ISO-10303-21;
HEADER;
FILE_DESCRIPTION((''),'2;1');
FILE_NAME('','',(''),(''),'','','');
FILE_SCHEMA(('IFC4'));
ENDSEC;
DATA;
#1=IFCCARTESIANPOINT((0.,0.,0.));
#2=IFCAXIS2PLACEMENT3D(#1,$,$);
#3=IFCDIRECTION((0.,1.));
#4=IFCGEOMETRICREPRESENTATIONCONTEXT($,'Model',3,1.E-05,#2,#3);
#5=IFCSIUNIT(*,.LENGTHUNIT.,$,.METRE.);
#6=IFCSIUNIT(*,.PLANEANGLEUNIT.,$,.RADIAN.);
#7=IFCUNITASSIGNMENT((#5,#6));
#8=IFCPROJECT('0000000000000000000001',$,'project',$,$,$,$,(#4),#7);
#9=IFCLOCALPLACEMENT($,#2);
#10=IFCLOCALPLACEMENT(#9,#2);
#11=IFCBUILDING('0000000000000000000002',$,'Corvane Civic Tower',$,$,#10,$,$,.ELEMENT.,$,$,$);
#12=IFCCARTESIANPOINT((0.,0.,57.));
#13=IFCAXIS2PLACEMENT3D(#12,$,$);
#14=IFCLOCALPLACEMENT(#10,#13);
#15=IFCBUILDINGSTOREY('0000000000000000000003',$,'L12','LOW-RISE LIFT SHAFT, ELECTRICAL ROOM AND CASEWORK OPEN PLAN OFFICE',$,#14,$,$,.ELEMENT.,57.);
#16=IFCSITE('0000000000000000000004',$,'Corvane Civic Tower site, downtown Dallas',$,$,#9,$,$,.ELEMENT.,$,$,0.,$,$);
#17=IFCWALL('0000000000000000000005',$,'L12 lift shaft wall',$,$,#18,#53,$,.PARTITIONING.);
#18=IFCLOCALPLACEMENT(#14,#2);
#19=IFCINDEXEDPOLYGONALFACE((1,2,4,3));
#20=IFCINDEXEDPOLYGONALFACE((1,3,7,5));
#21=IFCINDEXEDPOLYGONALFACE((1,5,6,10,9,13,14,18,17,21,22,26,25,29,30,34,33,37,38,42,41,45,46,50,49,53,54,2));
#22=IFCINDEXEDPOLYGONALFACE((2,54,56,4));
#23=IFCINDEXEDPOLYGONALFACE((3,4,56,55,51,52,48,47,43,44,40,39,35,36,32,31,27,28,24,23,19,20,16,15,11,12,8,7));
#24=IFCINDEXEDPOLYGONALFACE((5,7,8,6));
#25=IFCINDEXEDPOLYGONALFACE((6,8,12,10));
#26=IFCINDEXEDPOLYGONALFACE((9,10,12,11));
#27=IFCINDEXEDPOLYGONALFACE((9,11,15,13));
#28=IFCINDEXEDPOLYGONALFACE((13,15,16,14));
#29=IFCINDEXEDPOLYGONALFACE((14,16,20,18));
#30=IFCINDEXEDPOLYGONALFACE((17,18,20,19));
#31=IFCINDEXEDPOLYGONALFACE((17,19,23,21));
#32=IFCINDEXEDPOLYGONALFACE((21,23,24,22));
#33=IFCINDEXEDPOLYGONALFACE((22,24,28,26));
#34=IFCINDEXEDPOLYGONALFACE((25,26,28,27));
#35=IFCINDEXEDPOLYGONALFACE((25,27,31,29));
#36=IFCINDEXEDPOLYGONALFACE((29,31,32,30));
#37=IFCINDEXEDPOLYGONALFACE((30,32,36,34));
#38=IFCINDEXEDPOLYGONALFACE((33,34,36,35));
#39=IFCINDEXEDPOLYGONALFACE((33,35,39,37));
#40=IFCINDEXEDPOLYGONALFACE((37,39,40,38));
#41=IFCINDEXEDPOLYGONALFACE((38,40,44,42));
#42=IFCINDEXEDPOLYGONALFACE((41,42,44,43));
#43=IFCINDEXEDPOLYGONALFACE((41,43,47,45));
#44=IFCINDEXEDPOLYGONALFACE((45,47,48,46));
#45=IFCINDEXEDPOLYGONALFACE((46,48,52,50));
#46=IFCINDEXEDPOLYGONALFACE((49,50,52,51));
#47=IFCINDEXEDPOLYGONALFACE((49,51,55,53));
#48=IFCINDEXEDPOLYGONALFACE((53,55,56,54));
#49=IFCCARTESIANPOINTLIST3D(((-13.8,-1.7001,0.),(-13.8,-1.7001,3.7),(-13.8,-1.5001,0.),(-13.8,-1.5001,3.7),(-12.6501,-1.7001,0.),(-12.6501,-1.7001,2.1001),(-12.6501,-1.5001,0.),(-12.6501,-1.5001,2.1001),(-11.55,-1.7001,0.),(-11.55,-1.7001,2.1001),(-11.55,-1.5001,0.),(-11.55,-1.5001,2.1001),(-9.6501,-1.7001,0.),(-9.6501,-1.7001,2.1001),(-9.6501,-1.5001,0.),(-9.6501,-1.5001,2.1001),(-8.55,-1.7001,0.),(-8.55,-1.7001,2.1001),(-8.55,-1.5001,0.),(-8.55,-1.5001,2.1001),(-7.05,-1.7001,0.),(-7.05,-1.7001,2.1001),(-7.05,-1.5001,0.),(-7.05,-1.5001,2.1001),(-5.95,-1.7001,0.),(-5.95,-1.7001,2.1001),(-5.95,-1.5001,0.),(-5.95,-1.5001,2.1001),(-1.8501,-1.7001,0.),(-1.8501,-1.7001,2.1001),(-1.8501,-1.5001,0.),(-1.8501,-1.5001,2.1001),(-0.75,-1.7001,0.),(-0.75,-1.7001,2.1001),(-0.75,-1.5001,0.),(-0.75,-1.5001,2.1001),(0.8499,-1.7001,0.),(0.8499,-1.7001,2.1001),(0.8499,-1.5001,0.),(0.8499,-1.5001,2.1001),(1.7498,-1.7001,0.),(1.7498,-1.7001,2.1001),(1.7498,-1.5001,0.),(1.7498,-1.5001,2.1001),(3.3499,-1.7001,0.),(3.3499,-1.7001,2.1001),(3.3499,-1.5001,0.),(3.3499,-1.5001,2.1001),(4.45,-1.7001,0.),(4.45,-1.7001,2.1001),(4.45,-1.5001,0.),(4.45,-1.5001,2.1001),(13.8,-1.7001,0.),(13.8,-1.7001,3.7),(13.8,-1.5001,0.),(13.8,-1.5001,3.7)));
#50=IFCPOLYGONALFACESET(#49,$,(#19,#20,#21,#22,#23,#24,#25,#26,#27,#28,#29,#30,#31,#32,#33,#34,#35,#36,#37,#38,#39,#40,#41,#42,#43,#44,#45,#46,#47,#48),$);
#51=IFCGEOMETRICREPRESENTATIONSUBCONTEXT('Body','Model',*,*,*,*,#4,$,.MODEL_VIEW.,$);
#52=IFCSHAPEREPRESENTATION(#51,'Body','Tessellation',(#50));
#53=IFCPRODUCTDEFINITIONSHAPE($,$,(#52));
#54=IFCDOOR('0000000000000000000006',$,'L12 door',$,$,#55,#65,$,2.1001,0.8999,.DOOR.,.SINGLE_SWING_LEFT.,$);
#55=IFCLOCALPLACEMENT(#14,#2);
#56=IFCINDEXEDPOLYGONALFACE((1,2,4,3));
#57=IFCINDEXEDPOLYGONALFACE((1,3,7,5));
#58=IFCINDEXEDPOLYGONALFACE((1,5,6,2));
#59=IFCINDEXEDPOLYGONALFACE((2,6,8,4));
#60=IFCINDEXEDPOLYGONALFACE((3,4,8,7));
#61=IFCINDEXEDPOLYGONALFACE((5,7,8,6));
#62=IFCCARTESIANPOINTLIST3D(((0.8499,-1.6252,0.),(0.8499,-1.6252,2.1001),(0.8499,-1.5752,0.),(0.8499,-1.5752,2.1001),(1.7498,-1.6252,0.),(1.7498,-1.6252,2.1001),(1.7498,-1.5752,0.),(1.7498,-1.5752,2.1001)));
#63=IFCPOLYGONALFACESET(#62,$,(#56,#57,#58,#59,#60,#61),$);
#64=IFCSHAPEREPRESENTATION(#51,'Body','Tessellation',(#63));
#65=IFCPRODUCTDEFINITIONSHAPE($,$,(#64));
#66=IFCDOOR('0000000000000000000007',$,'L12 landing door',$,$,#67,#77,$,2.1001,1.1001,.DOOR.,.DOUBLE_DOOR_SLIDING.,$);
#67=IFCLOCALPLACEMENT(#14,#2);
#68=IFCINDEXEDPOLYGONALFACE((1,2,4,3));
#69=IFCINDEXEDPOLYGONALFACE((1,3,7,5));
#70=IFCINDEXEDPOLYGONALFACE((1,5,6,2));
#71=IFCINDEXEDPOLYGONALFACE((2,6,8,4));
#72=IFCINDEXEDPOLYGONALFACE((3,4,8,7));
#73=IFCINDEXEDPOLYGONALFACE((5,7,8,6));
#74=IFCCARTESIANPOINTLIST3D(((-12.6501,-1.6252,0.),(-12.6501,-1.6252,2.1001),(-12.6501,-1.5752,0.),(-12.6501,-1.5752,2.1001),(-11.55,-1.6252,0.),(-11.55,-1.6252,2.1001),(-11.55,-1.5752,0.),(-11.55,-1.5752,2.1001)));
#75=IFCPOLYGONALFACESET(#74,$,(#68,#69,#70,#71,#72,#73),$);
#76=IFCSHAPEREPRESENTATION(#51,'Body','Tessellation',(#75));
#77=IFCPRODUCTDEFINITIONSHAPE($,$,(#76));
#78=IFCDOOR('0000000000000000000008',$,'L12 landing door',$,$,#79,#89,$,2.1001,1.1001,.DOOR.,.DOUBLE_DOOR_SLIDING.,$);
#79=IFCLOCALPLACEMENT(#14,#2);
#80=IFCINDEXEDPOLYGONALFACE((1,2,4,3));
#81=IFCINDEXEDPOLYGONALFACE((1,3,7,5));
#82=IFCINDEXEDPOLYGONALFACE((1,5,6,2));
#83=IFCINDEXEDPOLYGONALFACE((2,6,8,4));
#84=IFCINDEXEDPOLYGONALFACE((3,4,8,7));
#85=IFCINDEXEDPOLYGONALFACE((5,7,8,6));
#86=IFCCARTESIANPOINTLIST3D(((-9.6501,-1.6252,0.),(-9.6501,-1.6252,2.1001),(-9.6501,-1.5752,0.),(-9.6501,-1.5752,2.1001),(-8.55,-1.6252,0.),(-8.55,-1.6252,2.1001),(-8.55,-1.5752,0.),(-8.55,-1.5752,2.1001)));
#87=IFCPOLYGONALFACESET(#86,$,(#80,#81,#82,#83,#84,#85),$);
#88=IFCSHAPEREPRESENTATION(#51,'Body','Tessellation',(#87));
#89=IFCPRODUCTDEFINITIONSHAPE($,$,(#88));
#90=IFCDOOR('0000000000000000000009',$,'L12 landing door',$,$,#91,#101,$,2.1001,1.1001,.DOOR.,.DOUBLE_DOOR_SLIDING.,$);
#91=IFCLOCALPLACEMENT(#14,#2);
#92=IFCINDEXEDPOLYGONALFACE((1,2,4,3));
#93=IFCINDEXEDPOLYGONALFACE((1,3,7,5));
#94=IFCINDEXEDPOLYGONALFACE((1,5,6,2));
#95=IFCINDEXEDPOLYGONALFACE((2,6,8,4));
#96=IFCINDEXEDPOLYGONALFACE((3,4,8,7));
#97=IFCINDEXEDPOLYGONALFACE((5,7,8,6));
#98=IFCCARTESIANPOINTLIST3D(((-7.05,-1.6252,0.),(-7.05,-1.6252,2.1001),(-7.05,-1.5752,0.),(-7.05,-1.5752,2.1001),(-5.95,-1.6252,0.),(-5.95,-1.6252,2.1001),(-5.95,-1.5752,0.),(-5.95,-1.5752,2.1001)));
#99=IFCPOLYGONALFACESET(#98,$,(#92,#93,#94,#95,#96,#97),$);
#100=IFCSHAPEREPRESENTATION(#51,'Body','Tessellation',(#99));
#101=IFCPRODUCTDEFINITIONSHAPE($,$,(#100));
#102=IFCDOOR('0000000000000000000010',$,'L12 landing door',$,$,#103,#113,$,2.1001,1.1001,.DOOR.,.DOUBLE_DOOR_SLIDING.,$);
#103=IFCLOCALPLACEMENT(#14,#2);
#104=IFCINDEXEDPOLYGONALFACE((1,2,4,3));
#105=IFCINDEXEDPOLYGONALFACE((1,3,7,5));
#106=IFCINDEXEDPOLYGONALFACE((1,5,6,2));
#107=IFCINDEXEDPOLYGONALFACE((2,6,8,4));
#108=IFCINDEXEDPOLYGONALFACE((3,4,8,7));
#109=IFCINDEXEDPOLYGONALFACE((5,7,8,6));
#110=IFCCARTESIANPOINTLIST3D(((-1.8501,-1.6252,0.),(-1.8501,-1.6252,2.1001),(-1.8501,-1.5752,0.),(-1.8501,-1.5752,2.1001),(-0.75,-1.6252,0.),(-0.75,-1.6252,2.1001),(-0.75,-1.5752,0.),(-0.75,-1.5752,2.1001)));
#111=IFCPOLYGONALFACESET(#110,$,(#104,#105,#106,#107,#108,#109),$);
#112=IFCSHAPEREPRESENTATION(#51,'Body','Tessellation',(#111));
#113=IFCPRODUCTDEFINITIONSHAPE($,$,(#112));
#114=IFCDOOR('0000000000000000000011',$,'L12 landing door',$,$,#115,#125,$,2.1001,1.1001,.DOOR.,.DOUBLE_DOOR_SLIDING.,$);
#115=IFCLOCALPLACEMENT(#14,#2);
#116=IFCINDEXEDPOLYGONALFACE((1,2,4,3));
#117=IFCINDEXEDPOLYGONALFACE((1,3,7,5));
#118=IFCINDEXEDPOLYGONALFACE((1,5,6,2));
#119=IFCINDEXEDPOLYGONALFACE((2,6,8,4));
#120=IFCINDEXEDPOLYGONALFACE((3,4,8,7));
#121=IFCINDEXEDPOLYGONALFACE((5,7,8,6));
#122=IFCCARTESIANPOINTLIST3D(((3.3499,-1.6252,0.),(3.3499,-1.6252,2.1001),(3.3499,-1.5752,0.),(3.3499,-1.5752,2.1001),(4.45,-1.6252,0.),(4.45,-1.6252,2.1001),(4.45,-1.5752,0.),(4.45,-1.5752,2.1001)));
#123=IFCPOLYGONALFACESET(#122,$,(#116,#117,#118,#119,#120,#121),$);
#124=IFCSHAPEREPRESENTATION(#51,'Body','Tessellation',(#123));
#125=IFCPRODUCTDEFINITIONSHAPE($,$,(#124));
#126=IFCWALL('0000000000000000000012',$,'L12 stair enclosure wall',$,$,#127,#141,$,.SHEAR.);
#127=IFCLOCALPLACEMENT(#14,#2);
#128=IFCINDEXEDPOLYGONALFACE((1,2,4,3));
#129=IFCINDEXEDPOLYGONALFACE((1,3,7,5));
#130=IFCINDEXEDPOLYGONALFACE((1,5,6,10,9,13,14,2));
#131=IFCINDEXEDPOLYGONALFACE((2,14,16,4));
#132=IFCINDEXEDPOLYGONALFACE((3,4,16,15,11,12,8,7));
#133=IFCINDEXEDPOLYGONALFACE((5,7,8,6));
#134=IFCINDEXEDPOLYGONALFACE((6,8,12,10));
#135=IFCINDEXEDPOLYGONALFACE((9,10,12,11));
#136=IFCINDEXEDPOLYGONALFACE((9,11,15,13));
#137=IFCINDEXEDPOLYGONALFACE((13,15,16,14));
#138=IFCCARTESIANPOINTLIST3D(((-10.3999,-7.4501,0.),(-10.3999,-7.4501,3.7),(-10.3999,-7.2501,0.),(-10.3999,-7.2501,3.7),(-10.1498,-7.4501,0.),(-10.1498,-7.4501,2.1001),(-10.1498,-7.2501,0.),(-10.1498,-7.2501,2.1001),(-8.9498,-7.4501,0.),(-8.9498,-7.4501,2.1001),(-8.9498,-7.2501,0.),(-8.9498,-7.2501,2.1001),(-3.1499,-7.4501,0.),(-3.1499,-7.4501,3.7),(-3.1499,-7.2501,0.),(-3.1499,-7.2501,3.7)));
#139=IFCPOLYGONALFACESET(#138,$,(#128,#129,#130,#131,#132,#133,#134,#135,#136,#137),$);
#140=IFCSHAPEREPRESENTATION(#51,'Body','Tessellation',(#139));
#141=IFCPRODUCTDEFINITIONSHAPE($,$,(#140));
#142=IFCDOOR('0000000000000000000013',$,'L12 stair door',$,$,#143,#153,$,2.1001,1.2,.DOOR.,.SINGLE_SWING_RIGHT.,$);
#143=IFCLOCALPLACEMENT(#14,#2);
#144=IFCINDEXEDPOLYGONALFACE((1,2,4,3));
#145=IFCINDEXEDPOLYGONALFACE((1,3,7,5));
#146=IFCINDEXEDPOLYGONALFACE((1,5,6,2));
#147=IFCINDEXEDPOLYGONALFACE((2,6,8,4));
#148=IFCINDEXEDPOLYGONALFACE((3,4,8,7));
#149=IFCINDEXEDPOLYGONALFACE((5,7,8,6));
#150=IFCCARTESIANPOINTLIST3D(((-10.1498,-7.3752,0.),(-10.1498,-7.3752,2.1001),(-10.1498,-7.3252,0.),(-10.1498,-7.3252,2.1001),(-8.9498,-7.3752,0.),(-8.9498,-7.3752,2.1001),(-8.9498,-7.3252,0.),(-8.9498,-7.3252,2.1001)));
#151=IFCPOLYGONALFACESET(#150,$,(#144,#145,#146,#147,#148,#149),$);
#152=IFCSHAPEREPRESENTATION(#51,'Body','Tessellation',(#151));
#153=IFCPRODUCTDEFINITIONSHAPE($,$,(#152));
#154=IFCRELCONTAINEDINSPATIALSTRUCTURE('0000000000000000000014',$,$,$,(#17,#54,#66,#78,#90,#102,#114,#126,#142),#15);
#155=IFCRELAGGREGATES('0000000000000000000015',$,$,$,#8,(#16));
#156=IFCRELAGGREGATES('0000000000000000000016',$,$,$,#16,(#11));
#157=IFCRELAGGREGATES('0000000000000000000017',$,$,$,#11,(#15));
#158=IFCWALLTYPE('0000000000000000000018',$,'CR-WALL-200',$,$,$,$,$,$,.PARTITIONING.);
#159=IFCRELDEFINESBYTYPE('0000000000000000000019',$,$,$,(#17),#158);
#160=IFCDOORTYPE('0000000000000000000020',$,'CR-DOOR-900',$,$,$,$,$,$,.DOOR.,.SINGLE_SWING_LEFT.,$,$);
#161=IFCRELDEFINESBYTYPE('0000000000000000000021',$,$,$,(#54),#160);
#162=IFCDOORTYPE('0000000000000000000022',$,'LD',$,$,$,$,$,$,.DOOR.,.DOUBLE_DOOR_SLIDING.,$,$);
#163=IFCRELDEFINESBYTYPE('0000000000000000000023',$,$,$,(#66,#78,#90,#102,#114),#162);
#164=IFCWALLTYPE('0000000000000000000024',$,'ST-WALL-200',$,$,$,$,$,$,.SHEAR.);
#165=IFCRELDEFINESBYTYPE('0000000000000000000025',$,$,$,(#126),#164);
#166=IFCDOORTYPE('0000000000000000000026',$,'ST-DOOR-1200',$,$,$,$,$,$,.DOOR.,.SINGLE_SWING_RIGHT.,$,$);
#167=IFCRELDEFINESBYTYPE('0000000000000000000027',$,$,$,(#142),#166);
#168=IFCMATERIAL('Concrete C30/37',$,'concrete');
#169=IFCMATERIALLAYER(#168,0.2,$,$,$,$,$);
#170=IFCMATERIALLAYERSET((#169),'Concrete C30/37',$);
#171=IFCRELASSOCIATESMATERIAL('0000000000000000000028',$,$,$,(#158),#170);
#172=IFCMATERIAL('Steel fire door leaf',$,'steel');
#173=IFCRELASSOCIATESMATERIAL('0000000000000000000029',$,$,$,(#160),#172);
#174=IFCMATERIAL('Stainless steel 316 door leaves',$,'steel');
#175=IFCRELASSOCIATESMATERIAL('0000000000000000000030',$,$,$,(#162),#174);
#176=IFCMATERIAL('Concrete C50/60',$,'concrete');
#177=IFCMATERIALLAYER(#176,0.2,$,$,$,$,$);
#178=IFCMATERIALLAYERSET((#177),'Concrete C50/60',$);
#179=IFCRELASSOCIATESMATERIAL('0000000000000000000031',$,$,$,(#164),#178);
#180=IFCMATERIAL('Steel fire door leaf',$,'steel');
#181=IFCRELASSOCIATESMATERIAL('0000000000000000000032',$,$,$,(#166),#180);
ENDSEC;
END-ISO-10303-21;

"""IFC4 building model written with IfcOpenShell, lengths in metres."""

from ifc_helpers import new_model, si_unit, direction, frame, frame_2d, origin, place, context, subcontext, project, spatial, rectangle, extrude, material, layer, layer_set, type_object, element, fill, save


model = new_model("IFC4")

# Units and contexts
model_context = context("Model", 3, precision=1e-05, world=origin(), true_north=direction((0.0, 1.0)))
body_context = subcontext(model_context, "Body", "Model", "MODEL_VIEW")
ifc_project = project(units=[si_unit("LENGTHUNIT", "METRE"), si_unit("PLANEANGLEUNIT", "RADIAN")], contexts=[model_context])

# Site, building, storey
site_placement = place(None, origin())
site = spatial("IfcSite", under=ifc_project, at=site_placement, Name="Corvane Civic Tower site, downtown Dallas", CompositionType="ELEMENT", RefElevation=0.0)
building_placement = place(site_placement, origin())
building = spatial("IfcBuilding", under=site, at=building_placement, Name="Corvane Civic Tower", CompositionType="ELEMENT")
storey_placement = place(building_placement, frame((0.0, 0.0, 57.0)))
storey = spatial("IfcBuildingStorey", under=building, at=storey_placement, Name="L12", Description="LOW-RISE LIFT SHAFT, ELECTRICAL ROOM AND CASEWORK OPEN PLAN OFFICE", CompositionType="ELEMENT", Elevation=57.0)

# Wall, openings, doors
ifc_material_1 = material(Name="Concrete C30/37", Category="concrete")
ifc_layer_1 = layer(ifc_material_1, 0.2)
ifc_layer_set_1 = layer_set([ifc_layer_1], Name="Concrete C30/37")
wall_type_1 = type_object("IfcWallType", Name="CR-WALL-200", PredefinedType="PARTITIONING", material=ifc_layer_set_1)
ifc_material_2 = material(Name="Steel fire door leaf", Category="steel")
door_type_1 = type_object("IfcDoorType", Name="CR-DOOR-900", OperationType="SINGLE_SWING_LEFT", PredefinedType="DOOR", material=ifc_material_2)
wall_1_placement = place(storey_placement, frame((-13.8, -1.6001, 0.0), z_axis=(0.0, 0.0, 1.0), x_axis=(1.0, 0.0, 0.0)))
wall_1 = element("IfcWall", 1, at=wall_1_placement, inside=storey, type_object=wall_type_1, Name="L12 lift shaft wall", PredefinedType="PARTITIONING", context=body_context, shape_type="SweptSolid", body=[
    extrude(rectangle(XDim=27.6001, YDim=0.2, at=frame_2d((13.8, 0.0))), origin(), (0.0, 0.0, 1.0), 3.7),
])
opening_1_placement = place(wall_1_placement, frame((1.1499, 0.0, 0.0)))
opening_1 = element("IfcOpeningElement", 2, at=opening_1_placement, cuts=wall_1, PredefinedType="OPENING", context=body_context, shape_type="SweptSolid", body=[
    extrude(rectangle(XDim=1.1001, YDim=2.1001, at=frame_2d((0.55, 1.05))), frame((0.0, 0.1099, 0.0), z_axis=(0.0, -1.0, 0.0), x_axis=(1.0, 0.0, 0.0)), (0.0, 0.0, 1.0), 0.22),
])
opening_2_placement = place(wall_1_placement, frame((4.1499, 0.0, 0.0)))
opening_2 = element("IfcOpeningElement", 3, at=opening_2_placement, cuts=wall_1, PredefinedType="OPENING", context=body_context, shape_type="SweptSolid", body=[
    extrude(rectangle(XDim=1.1001, YDim=2.1001, at=frame_2d((0.55, 1.05))), frame((0.0, 0.1099, 0.0), z_axis=(0.0, -1.0, 0.0), x_axis=(1.0, 0.0, 0.0)), (0.0, 0.0, 1.0), 0.22),
])
opening_3_placement = place(wall_1_placement, frame((6.75, 0.0, 0.0)))
opening_3 = element("IfcOpeningElement", 4, at=opening_3_placement, cuts=wall_1, PredefinedType="OPENING", context=body_context, shape_type="SweptSolid", body=[
    extrude(rectangle(XDim=1.1001, YDim=2.1001, at=frame_2d((0.55, 1.05))), frame((0.0, 0.1099, 0.0), z_axis=(0.0, -1.0, 0.0), x_axis=(1.0, 0.0, 0.0)), (0.0, 0.0, 1.0), 0.22),
])
opening_4_placement = place(wall_1_placement, frame((11.95, 0.0, 0.0)))
opening_4 = element("IfcOpeningElement", 5, at=opening_4_placement, cuts=wall_1, PredefinedType="OPENING", context=body_context, shape_type="SweptSolid", body=[
    extrude(rectangle(XDim=1.1001, YDim=2.1001, at=frame_2d((0.55, 1.05))), frame((0.0, 0.1099, 0.0), z_axis=(0.0, -1.0, 0.0), x_axis=(1.0, 0.0, 0.0)), (0.0, 0.0, 1.0), 0.22),
])
opening_5_placement = place(wall_1_placement, frame((14.6499, 0.0, 0.0)))
opening_5 = element("IfcOpeningElement", 6, at=opening_5_placement, cuts=wall_1, PredefinedType="OPENING", context=body_context, shape_type="SweptSolid", body=[
    extrude(rectangle(XDim=0.8999, YDim=2.1001, at=frame_2d((0.45, 1.05))), frame((0.0, 0.1099, 0.0), z_axis=(0.0, -1.0, 0.0), x_axis=(1.0, 0.0, 0.0)), (0.0, 0.0, 1.0), 0.22),
])
opening_6_placement = place(wall_1_placement, frame((17.1499, 0.0, 0.0)))
opening_6 = element("IfcOpeningElement", 7, at=opening_6_placement, cuts=wall_1, PredefinedType="OPENING", context=body_context, shape_type="SweptSolid", body=[
    extrude(rectangle(XDim=1.1001, YDim=2.1001, at=frame_2d((0.55, 1.05))), frame((0.0, 0.1099, 0.0), z_axis=(0.0, -1.0, 0.0), x_axis=(1.0, 0.0, 0.0)), (0.0, 0.0, 1.0), 0.22),
])
door_1_placement = place(opening_5_placement, origin())
door_1 = element("IfcDoor", 8, at=door_1_placement, inside=storey, type_object=door_type_1, Name="L12 door", OperationType="SINGLE_SWING_LEFT", OverallHeight=2.1001, OverallWidth=0.8999, PredefinedType="DOOR", context=body_context, shape_type="SweptSolid", body=[
    extrude(rectangle(XDim=0.8999, YDim=2.1001, at=frame_2d((0.45, 1.05))), frame((0.0, 0.0249, 0.0), z_axis=(0.0, -1.0, 0.0), x_axis=(1.0, 0.0, 0.0)), (0.0, 0.0, 1.0), 0.05),
])
fill(opening_5, door_1)
ifc_material_3 = material(Name="Stainless steel 316 door leaves", Category="steel")
door_type_2 = type_object("IfcDoorType", Name="LD", OperationType="DOUBLE_DOOR_SLIDING", PredefinedType="DOOR", material=ifc_material_3)
door_2_placement = place(opening_1_placement, origin())
door_2 = element("IfcDoor", 9, at=door_2_placement, inside=storey, type_object=door_type_2, Name="L12 landing door", OperationType="DOUBLE_DOOR_SLIDING", OverallHeight=2.1001, OverallWidth=1.1001, PredefinedType="DOOR", context=body_context, shape_type="SweptSolid", body=[
    extrude(rectangle(XDim=1.1001, YDim=2.1001, at=frame_2d((0.55, 1.05))), frame((0.0, 0.0249, 0.0), z_axis=(0.0, -1.0, 0.0), x_axis=(1.0, 0.0, 0.0)), (0.0, 0.0, 1.0), 0.05),
])
fill(opening_1, door_2)
door_3_placement = place(opening_2_placement, origin())
door_3 = element("IfcDoor", 10, at=door_3_placement, inside=storey, type_object=door_type_2, Name="L12 landing door", OperationType="DOUBLE_DOOR_SLIDING", OverallHeight=2.1001, OverallWidth=1.1001, PredefinedType="DOOR", context=body_context, shape_type="SweptSolid", body=[
    extrude(rectangle(XDim=1.1001, YDim=2.1001, at=frame_2d((0.55, 1.05))), frame((0.0, 0.0249, 0.0), z_axis=(0.0, -1.0, 0.0), x_axis=(1.0, 0.0, 0.0)), (0.0, 0.0, 1.0), 0.05),
])
fill(opening_2, door_3)
door_4_placement = place(opening_3_placement, origin())
door_4 = element("IfcDoor", 11, at=door_4_placement, inside=storey, type_object=door_type_2, Name="L12 landing door", OperationType="DOUBLE_DOOR_SLIDING", OverallHeight=2.1001, OverallWidth=1.1001, PredefinedType="DOOR", context=body_context, shape_type="SweptSolid", body=[
    extrude(rectangle(XDim=1.1001, YDim=2.1001, at=frame_2d((0.55, 1.05))), frame((0.0, 0.0249, 0.0), z_axis=(0.0, -1.0, 0.0), x_axis=(1.0, 0.0, 0.0)), (0.0, 0.0, 1.0), 0.05),
])
fill(opening_3, door_4)
door_5_placement = place(opening_4_placement, origin())
door_5 = element("IfcDoor", 12, at=door_5_placement, inside=storey, type_object=door_type_2, Name="L12 landing door", OperationType="DOUBLE_DOOR_SLIDING", OverallHeight=2.1001, OverallWidth=1.1001, PredefinedType="DOOR", context=body_context, shape_type="SweptSolid", body=[
    extrude(rectangle(XDim=1.1001, YDim=2.1001, at=frame_2d((0.55, 1.05))), frame((0.0, 0.0249, 0.0), z_axis=(0.0, -1.0, 0.0), x_axis=(1.0, 0.0, 0.0)), (0.0, 0.0, 1.0), 0.05),
])
fill(opening_4, door_5)
door_6_placement = place(opening_6_placement, origin())
door_6 = element("IfcDoor", 13, at=door_6_placement, inside=storey, type_object=door_type_2, Name="L12 landing door", OperationType="DOUBLE_DOOR_SLIDING", OverallHeight=2.1001, OverallWidth=1.1001, PredefinedType="DOOR", context=body_context, shape_type="SweptSolid", body=[
    extrude(rectangle(XDim=1.1001, YDim=2.1001, at=frame_2d((0.55, 1.05))), frame((0.0, 0.0249, 0.0), z_axis=(0.0, -1.0, 0.0), x_axis=(1.0, 0.0, 0.0)), (0.0, 0.0, 1.0), 0.05),
])
fill(opening_6, door_6)

# Wall, opening, door
ifc_material_4 = material(Name="Concrete C50/60", Category="concrete")
ifc_layer_2 = layer(ifc_material_4, 0.2)
ifc_layer_set_2 = layer_set([ifc_layer_2], Name="Concrete C50/60")
wall_type_2 = type_object("IfcWallType", Name="ST-WALL-200", PredefinedType="SHEAR", material=ifc_layer_set_2)
wall_2_placement = place(storey_placement, frame((-10.3999, -7.3501, 0.0), z_axis=(0.0, 0.0, 1.0), x_axis=(1.0, 0.0, 0.0)))
wall_2 = element("IfcWall", 14, at=wall_2_placement, inside=storey, type_object=wall_type_2, Name="L12 stair enclosure wall", PredefinedType="SHEAR", context=body_context, shape_type="SweptSolid", body=[
    extrude(rectangle(XDim=7.25, YDim=0.2, at=frame_2d((3.625, 0.0))), origin(), (0.0, 0.0, 1.0), 3.7),
])
opening_7_placement = place(wall_2_placement, frame((0.25, 0.0, 0.0)))
opening_7 = element("IfcOpeningElement", 15, at=opening_7_placement, cuts=wall_2, PredefinedType="OPENING", context=body_context, shape_type="SweptSolid", body=[
    extrude(rectangle(XDim=1.2, YDim=2.1001, at=frame_2d((0.6001, 1.05))), frame((0.0, 0.1099, 0.0), z_axis=(0.0, -1.0, 0.0), x_axis=(1.0, 0.0, 0.0)), (0.0, 0.0, 1.0), 0.22),
])
ifc_material_5 = material(Name="Steel fire door leaf", Category="steel")
door_type_3 = type_object("IfcDoorType", Name="ST-DOOR-1200", OperationType="SINGLE_SWING_RIGHT", PredefinedType="DOOR", material=ifc_material_5)
door_7_placement = place(opening_7_placement, origin())
door_7 = element("IfcDoor", 16, at=door_7_placement, inside=storey, type_object=door_type_3, Name="L12 stair door", OperationType="SINGLE_SWING_RIGHT", OverallHeight=2.1001, OverallWidth=1.2, PredefinedType="DOOR", context=body_context, shape_type="SweptSolid", body=[
    extrude(rectangle(XDim=1.2, YDim=2.1001, at=frame_2d((0.6001, 1.05))), frame((0.0, 0.0249, 0.0), z_axis=(0.0, -1.0, 0.0), x_axis=(1.0, 0.0, 0.0)), (0.0, 0.0, 1.0), 0.05),
])
fill(opening_7, door_7)

save(model, "model.ifc")
